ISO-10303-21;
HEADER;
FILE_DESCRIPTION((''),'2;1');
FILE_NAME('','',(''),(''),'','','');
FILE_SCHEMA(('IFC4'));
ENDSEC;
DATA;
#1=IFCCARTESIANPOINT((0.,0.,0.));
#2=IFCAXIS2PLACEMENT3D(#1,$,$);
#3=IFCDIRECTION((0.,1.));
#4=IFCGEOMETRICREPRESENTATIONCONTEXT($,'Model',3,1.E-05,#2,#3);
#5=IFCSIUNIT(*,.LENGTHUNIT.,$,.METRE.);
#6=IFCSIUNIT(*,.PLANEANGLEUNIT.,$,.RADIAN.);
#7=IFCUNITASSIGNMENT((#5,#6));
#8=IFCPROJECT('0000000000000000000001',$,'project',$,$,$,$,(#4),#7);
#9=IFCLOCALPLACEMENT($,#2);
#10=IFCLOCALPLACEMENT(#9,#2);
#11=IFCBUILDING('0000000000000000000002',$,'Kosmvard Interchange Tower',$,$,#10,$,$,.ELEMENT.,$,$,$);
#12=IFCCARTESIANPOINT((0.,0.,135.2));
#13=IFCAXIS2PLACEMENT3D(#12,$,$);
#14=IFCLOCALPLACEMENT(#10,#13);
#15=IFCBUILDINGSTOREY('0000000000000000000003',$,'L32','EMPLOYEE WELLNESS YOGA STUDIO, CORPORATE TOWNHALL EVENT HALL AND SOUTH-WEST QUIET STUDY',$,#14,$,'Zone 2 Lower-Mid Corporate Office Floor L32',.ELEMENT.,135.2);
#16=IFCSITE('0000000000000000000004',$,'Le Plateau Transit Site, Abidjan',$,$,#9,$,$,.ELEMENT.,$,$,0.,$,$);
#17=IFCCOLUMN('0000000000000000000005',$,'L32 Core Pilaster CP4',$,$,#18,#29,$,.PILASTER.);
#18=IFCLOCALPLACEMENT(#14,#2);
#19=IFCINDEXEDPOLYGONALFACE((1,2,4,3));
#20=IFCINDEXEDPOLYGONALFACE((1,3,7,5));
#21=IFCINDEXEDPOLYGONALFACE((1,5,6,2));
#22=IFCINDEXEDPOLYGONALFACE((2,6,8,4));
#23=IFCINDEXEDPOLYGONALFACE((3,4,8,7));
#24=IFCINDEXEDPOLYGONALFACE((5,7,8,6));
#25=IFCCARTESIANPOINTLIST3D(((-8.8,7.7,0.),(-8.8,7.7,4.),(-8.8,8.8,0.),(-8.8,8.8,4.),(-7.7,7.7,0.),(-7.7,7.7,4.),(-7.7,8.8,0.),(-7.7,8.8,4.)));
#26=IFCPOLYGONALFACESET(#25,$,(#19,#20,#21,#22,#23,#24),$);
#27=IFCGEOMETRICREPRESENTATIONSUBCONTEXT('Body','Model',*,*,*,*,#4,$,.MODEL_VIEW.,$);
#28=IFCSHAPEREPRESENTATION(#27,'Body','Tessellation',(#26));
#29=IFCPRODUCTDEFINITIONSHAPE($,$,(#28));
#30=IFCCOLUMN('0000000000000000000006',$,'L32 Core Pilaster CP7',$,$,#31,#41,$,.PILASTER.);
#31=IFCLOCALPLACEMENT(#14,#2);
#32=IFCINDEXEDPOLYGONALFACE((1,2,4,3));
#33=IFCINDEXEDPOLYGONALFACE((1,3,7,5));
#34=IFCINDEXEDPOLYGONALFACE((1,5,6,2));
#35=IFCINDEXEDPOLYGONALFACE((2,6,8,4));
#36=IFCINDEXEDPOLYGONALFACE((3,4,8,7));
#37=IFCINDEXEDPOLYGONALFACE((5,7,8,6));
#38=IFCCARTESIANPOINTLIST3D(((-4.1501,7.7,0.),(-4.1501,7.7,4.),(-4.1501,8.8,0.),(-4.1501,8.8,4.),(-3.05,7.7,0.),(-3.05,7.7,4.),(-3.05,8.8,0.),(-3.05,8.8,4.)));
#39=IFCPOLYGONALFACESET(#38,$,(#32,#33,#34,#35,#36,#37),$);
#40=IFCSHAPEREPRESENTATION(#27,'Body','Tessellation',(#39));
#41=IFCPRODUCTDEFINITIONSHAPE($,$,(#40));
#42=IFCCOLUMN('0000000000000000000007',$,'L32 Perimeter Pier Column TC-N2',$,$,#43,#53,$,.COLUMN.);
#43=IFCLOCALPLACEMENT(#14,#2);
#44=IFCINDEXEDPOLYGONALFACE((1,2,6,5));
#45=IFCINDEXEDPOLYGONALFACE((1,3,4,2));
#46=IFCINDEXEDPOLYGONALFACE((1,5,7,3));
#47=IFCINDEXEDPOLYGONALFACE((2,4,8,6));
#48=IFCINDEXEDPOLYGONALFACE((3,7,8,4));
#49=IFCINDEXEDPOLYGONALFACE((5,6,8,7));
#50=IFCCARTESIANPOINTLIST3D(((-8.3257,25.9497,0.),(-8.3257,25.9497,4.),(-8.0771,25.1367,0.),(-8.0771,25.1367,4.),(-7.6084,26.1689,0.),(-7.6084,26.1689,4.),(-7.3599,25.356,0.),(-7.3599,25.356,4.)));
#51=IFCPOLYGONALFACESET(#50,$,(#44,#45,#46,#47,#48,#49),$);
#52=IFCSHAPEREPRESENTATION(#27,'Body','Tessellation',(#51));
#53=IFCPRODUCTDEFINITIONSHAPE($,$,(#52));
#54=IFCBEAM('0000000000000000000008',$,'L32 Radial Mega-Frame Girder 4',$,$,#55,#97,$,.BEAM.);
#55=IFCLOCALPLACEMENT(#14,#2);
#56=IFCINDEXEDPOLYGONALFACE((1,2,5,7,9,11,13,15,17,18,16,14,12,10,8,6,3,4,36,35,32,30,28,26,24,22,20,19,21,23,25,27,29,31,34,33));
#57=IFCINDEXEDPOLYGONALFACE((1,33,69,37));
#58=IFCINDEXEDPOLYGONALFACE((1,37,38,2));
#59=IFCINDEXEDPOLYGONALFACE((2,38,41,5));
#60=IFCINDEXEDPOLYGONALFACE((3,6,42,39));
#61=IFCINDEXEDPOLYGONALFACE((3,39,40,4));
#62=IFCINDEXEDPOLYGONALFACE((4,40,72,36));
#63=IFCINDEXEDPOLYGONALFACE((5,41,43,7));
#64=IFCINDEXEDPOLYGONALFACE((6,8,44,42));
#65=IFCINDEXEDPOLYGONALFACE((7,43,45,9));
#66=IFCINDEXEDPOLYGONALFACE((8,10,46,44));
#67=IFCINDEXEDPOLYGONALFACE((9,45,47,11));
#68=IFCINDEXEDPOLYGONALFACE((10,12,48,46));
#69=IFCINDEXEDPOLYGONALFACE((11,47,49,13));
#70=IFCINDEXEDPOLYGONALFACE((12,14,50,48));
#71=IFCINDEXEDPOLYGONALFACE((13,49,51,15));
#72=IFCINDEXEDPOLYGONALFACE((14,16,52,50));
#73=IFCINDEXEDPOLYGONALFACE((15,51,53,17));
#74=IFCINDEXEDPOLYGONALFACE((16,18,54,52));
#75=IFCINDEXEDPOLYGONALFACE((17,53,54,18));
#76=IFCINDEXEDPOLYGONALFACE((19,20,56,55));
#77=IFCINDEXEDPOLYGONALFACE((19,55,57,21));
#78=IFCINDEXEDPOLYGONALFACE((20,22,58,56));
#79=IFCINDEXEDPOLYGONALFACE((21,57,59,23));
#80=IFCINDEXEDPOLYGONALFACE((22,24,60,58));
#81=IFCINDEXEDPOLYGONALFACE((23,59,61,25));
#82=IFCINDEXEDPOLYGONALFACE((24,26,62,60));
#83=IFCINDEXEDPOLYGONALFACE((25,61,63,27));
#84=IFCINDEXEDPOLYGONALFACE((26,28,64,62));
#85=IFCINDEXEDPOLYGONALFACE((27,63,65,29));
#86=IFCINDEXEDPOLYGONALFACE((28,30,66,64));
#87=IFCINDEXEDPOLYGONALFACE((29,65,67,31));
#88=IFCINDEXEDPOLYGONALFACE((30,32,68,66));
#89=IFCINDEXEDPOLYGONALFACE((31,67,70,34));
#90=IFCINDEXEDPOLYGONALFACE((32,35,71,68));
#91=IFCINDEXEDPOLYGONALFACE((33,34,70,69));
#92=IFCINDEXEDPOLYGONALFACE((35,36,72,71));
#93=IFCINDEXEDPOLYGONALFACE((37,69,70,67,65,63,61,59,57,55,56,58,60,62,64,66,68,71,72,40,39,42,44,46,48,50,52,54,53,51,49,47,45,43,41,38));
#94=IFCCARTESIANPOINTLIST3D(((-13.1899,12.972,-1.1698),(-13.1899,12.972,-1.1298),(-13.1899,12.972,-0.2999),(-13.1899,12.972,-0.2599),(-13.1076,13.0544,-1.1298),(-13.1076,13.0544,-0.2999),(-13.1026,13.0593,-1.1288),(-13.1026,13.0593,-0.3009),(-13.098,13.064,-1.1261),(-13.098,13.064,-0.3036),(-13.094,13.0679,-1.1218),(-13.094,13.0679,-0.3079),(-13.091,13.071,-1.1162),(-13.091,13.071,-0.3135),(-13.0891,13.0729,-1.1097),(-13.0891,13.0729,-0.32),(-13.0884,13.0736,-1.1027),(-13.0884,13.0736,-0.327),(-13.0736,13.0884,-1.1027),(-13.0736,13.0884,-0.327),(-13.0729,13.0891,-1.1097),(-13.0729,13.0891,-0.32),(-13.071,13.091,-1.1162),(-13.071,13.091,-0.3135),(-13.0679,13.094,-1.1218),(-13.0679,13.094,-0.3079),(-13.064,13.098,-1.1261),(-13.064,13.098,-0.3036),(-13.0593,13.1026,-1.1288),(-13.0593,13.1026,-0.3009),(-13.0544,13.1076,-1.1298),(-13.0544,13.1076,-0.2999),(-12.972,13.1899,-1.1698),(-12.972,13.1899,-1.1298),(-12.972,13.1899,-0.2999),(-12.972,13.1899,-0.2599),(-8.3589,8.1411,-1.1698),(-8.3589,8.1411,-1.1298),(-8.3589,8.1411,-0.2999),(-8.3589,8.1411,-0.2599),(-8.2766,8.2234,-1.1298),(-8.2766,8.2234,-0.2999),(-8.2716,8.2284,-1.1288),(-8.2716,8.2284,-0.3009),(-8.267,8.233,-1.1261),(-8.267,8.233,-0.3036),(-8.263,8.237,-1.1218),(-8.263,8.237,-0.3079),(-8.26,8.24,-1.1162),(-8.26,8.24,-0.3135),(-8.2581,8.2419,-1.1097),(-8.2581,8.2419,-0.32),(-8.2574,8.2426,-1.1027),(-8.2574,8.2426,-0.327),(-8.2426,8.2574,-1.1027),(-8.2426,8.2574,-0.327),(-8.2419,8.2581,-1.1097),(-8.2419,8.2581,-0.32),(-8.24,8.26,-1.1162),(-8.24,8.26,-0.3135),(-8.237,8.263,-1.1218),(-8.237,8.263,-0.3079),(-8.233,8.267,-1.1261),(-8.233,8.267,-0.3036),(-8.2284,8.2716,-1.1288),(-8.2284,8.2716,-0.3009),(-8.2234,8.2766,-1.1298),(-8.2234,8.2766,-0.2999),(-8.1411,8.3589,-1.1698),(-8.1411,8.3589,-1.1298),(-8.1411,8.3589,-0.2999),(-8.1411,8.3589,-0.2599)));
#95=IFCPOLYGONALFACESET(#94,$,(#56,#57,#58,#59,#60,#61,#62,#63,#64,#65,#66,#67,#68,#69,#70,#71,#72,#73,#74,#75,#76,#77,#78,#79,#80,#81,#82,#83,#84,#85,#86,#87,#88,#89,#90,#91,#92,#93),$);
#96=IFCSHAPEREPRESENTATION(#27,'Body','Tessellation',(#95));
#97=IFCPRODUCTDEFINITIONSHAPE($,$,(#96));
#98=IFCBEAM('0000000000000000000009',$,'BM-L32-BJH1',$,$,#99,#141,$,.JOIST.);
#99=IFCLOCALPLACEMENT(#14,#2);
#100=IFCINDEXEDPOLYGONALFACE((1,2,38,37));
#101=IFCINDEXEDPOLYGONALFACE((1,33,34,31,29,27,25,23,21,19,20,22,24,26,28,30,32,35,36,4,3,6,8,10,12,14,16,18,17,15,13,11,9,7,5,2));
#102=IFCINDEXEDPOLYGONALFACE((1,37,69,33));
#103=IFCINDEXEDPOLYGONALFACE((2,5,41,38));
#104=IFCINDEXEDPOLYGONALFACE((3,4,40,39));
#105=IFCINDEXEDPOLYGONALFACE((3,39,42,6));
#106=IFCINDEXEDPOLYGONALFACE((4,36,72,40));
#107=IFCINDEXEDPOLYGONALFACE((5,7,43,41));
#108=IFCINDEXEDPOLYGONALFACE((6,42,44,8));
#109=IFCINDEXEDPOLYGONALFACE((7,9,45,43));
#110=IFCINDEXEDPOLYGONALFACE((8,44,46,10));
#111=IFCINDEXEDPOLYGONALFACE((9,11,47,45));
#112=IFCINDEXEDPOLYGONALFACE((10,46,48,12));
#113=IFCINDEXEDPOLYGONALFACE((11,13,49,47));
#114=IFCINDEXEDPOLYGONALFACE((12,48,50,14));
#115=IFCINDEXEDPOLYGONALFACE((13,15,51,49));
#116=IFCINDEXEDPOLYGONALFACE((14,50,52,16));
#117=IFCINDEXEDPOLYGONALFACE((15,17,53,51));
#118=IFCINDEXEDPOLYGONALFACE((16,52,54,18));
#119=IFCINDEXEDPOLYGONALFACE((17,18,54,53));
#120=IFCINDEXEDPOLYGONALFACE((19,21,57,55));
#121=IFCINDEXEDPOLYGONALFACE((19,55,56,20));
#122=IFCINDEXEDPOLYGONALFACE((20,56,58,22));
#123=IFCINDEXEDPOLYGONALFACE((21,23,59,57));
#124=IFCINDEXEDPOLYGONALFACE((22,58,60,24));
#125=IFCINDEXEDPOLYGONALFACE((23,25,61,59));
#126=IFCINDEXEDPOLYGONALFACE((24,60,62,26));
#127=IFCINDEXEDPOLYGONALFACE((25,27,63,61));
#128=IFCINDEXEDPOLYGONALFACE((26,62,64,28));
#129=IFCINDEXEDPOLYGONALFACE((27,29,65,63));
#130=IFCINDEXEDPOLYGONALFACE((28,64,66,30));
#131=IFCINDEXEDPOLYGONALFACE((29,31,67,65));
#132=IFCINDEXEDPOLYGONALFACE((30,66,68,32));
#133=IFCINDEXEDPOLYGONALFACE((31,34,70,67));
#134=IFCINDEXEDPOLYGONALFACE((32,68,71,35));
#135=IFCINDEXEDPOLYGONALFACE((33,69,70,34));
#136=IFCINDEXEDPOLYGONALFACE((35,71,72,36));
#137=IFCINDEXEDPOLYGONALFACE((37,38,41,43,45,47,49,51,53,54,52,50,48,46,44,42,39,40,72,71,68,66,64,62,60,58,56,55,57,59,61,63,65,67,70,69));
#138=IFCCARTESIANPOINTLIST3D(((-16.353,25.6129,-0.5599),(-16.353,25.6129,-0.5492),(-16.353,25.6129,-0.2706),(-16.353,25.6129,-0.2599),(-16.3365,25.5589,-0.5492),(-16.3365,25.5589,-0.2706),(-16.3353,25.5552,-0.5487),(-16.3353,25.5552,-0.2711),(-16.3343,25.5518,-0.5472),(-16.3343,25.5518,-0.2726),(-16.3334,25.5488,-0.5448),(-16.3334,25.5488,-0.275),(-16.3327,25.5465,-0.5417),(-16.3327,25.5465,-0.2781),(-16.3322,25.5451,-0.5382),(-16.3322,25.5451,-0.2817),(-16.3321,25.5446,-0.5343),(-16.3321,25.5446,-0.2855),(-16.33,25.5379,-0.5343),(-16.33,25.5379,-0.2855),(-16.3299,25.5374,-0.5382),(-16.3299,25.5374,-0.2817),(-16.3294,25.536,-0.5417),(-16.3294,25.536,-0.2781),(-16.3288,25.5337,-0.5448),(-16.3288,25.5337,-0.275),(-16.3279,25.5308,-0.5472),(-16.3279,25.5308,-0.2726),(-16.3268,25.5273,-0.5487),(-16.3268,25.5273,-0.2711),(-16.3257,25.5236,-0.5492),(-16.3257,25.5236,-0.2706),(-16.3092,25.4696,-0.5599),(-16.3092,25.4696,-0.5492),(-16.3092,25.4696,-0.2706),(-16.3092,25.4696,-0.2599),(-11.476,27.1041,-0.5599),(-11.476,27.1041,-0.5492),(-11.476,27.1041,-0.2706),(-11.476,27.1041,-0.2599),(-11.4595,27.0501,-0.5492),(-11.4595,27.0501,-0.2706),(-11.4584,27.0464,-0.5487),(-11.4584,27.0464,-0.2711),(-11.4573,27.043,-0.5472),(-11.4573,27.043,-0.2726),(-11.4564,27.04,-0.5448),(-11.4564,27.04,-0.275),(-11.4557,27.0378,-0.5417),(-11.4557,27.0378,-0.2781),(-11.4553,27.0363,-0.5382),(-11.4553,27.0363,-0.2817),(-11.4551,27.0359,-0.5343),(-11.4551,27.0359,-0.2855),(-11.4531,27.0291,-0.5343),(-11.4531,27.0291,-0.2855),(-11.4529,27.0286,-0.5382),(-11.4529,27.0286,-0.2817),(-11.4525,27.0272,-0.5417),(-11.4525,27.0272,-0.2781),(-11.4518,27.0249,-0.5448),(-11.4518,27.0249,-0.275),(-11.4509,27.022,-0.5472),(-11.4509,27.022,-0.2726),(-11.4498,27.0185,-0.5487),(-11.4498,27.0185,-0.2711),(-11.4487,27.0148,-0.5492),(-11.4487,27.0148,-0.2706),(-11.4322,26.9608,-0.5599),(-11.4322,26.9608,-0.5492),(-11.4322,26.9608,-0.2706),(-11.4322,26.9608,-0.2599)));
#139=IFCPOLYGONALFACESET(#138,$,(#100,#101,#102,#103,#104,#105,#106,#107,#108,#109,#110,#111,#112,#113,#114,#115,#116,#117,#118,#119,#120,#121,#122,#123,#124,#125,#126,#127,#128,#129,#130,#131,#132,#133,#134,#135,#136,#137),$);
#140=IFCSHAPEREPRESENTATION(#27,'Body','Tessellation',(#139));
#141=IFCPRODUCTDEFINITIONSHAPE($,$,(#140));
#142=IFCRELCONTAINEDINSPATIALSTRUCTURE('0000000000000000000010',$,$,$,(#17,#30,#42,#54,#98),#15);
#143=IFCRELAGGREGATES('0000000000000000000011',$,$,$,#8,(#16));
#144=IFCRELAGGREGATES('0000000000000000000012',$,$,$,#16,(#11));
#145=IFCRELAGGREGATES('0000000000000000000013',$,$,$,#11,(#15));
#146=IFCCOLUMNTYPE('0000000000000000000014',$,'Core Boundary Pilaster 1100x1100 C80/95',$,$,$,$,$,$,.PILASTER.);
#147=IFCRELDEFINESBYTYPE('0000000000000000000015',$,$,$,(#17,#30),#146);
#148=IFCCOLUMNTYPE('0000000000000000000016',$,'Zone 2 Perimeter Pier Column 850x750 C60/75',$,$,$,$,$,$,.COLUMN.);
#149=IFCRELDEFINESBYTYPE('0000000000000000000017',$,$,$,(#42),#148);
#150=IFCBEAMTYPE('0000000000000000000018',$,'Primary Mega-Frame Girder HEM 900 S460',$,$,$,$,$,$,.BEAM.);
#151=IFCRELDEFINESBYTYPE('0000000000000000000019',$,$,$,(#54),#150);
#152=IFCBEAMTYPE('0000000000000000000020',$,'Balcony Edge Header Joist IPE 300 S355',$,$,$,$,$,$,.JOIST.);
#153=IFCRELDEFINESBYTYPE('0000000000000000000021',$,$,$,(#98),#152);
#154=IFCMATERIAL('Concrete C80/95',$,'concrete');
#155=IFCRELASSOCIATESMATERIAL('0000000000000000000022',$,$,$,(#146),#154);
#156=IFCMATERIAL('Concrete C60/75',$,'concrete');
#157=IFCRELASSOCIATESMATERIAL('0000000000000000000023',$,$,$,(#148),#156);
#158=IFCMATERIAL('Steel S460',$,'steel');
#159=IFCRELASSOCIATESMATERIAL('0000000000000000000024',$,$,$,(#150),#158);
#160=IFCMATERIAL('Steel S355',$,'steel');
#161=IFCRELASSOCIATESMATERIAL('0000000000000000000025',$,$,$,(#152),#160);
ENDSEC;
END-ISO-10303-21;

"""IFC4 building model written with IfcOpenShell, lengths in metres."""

from ifc_helpers import new_model, si_unit, direction, frame, origin, origin_2d, place, context, subcontext, project, spatial, rectangle, i_section, extrude, source, transform, mapped, material, material_profile, profile_set, type_object, element, save


model = new_model("IFC4")

# Units and contexts
model_context = context("Model", 3, precision=1e-05, world=origin(), true_north=direction((0.0, 1.0)))
body_context = subcontext(model_context, "Body", "Model", "MODEL_VIEW")
ifc_project = project(units=[si_unit("LENGTHUNIT", "METRE"), si_unit("PLANEANGLEUNIT", "RADIAN")], contexts=[model_context])

# Site, building, storey
site_placement = place(None, origin())
site = spatial("IfcSite", under=ifc_project, at=site_placement, Name="Le Plateau Transit Site, Abidjan", CompositionType="ELEMENT", RefElevation=0.0)
building_placement = place(site_placement, origin())
building = spatial("IfcBuilding", under=site, at=building_placement, Name="Kosmvard Interchange Tower", CompositionType="ELEMENT")
storey_placement = place(building_placement, frame((0.0, 0.0, 135.2)))
storey = spatial("IfcBuildingStorey", under=building, at=storey_placement, Name="L32", Description="EMPLOYEE WELLNESS YOGA STUDIO, CORPORATE TOWNHALL EVENT HALL AND SOUTH-WEST QUIET STUDY", LongName="Zone 2 Lower-Mid Corporate Office Floor L32", CompositionType="ELEMENT", Elevation=135.2)

# Columns
ifc_material_1 = material(Name="Concrete C80/95", Category="concrete")
ifc_material_profile_1 = material_profile(ifc_material_1, rectangle(XDim=1.1001, YDim=1.1001, at=origin_2d()), Name="CP 1100x1100")
ifc_profile_set_1 = profile_set([ifc_material_profile_1], Name="Concrete C80/95")
column_type_1 = type_object("IfcColumnType", Name="Core Boundary Pilaster 1100x1100 C80/95", PredefinedType="PILASTER", material=ifc_profile_set_1)
shared_shape_1 = source(origin(), body_context, "Body", "SweptSolid", [
    extrude(rectangle(XDim=1.1001, YDim=1.1001, at=origin_2d()), origin(), (0.0, 0.0, 1.0), 4.0),
])
for number, where, z_axis, x_axis, name in (
    (1, (-8.25, 8.25, 0.0), (0.0, 0.0, 1.0), (1.0, 0.0, 0.0), "L32 Core Pilaster CP4"),
    (2, (-3.6001, 8.25, 0.0), (0.0, 0.0, 1.0), (1.0, 0.0, 0.0), "L32 Core Pilaster CP7"),
):
    element("IfcColumn", number, at=place(storey_placement, frame(where, z_axis=z_axis, x_axis=x_axis)), inside=storey, type_object=column_type_1, Name=name, PredefinedType="PILASTER", context=body_context, shape_type="MappedRepresentation", body=[
        mapped(shared_shape_1, transform((0.0, 0.0, 0.0), scale=1.0)),
    ])
ifc_material_2 = material(Name="Concrete C60/75", Category="concrete")
ifc_material_profile_2 = material_profile(ifc_material_2, rectangle(XDim=0.75, YDim=0.8501, at=origin_2d()), Name="TC 850x750")
ifc_profile_set_2 = profile_set([ifc_material_profile_2], Name="Concrete C60/75")
column_type_2 = type_object("IfcColumnType", Name="Zone 2 Perimeter Pier Column 850x750 C60/75", PredefinedType="COLUMN", material=ifc_profile_set_2)
shared_shape_2 = source(origin(), body_context, "Body", "SweptSolid", [
    extrude(rectangle(XDim=0.75, YDim=0.8501, at=origin_2d()), origin(), (0.0, 0.0, 1.0), 4.0),
])
column_placement = place(storey_placement, frame((-7.8428, 25.6528, 0.0), z_axis=(0.0, 0.0, 1.0), x_axis=(0.956305, 0.292372, 0.0)))
element("IfcColumn", 3, at=column_placement, inside=storey, type_object=column_type_2, Name="L32 Perimeter Pier Column TC-N2", PredefinedType="COLUMN", context=body_context, shape_type="MappedRepresentation", body=[
    mapped(shared_shape_2, transform((0.0, 0.0, 0.0), scale=1.0)),
])

# Beams
ifc_material_3 = material(Name="Steel S460", Category="steel")
ifc_material_profile_3 = material_profile(ifc_material_3, i_section(OverallWidth=0.3081, OverallDepth=0.9099, WebThickness=0.021, FlangeThickness=0.04, FilletRadius=0.0271, at=origin_2d()), Name="HEM 900")
ifc_profile_set_3 = profile_set([ifc_material_profile_3], Name="Steel S460")
beam_type_1 = type_object("IfcBeamType", Name="Primary Mega-Frame Girder HEM 900 S460", PredefinedType="BEAM", material=ifc_profile_set_3)
shared_shape_3 = source(origin(), body_context, "Body", "SweptSolid", [
    extrude(i_section(OverallWidth=0.3081, OverallDepth=0.9099, WebThickness=0.021, FlangeThickness=0.04, FilletRadius=0.0271, at=origin_2d()), origin(), (0.0, 0.0, 1.0), 6.832),
])
beam_1_placement = place(storey_placement, frame((-8.25, 8.25, -0.7148), z_axis=(-0.707107, 0.707107, 0.0), x_axis=(-0.707107, -0.707107, 0.0)))
element("IfcBeam", 4, at=beam_1_placement, inside=storey, type_object=beam_type_1, Name="L32 Radial Mega-Frame Girder 4", PredefinedType="BEAM", context=body_context, shape_type="MappedRepresentation", body=[
    mapped(shared_shape_3, transform((0.0, 0.0, 0.0), scale=1.0)),
])
ifc_material_4 = material(Name="Steel S355", Category="steel")
ifc_material_profile_4 = material_profile(ifc_material_4, i_section(OverallWidth=0.1499, OverallDepth=0.3, WebThickness=0.0071, FlangeThickness=0.0107, FilletRadius=0.0149, at=origin_2d()), Name="IPE 300")
ifc_profile_set_4 = profile_set([ifc_material_profile_4], Name="Steel S355")
beam_type_2 = type_object("IfcBeamType", Name="Balcony Edge Header Joist IPE 300 S355", PredefinedType="JOIST", material=ifc_profile_set_4)
shared_shape_4 = source(origin(), body_context, "Body", "SweptSolid", [
    extrude(i_section(OverallWidth=0.1499, OverallDepth=0.3, WebThickness=0.0071, FlangeThickness=0.0107, FilletRadius=0.0149, at=origin_2d()), origin(), (0.0, 0.0, 1.0), 5.0999),
])
beam_2_placement = place(storey_placement, frame((-11.4541, 27.0325, -0.4099), z_axis=(-0.956295, -0.292403, 0.0), x_axis=(0.292403, -0.956295, 0.0)))
element("IfcBeam", 5, at=beam_2_placement, inside=storey, type_object=beam_type_2, Name="BM-L32-BJH1", PredefinedType="JOIST", context=body_context, shape_type="MappedRepresentation", body=[
    mapped(shared_shape_4, transform((0.0, 0.0, 0.0), scale=1.0)),
])

save(model, "model.ifc")
